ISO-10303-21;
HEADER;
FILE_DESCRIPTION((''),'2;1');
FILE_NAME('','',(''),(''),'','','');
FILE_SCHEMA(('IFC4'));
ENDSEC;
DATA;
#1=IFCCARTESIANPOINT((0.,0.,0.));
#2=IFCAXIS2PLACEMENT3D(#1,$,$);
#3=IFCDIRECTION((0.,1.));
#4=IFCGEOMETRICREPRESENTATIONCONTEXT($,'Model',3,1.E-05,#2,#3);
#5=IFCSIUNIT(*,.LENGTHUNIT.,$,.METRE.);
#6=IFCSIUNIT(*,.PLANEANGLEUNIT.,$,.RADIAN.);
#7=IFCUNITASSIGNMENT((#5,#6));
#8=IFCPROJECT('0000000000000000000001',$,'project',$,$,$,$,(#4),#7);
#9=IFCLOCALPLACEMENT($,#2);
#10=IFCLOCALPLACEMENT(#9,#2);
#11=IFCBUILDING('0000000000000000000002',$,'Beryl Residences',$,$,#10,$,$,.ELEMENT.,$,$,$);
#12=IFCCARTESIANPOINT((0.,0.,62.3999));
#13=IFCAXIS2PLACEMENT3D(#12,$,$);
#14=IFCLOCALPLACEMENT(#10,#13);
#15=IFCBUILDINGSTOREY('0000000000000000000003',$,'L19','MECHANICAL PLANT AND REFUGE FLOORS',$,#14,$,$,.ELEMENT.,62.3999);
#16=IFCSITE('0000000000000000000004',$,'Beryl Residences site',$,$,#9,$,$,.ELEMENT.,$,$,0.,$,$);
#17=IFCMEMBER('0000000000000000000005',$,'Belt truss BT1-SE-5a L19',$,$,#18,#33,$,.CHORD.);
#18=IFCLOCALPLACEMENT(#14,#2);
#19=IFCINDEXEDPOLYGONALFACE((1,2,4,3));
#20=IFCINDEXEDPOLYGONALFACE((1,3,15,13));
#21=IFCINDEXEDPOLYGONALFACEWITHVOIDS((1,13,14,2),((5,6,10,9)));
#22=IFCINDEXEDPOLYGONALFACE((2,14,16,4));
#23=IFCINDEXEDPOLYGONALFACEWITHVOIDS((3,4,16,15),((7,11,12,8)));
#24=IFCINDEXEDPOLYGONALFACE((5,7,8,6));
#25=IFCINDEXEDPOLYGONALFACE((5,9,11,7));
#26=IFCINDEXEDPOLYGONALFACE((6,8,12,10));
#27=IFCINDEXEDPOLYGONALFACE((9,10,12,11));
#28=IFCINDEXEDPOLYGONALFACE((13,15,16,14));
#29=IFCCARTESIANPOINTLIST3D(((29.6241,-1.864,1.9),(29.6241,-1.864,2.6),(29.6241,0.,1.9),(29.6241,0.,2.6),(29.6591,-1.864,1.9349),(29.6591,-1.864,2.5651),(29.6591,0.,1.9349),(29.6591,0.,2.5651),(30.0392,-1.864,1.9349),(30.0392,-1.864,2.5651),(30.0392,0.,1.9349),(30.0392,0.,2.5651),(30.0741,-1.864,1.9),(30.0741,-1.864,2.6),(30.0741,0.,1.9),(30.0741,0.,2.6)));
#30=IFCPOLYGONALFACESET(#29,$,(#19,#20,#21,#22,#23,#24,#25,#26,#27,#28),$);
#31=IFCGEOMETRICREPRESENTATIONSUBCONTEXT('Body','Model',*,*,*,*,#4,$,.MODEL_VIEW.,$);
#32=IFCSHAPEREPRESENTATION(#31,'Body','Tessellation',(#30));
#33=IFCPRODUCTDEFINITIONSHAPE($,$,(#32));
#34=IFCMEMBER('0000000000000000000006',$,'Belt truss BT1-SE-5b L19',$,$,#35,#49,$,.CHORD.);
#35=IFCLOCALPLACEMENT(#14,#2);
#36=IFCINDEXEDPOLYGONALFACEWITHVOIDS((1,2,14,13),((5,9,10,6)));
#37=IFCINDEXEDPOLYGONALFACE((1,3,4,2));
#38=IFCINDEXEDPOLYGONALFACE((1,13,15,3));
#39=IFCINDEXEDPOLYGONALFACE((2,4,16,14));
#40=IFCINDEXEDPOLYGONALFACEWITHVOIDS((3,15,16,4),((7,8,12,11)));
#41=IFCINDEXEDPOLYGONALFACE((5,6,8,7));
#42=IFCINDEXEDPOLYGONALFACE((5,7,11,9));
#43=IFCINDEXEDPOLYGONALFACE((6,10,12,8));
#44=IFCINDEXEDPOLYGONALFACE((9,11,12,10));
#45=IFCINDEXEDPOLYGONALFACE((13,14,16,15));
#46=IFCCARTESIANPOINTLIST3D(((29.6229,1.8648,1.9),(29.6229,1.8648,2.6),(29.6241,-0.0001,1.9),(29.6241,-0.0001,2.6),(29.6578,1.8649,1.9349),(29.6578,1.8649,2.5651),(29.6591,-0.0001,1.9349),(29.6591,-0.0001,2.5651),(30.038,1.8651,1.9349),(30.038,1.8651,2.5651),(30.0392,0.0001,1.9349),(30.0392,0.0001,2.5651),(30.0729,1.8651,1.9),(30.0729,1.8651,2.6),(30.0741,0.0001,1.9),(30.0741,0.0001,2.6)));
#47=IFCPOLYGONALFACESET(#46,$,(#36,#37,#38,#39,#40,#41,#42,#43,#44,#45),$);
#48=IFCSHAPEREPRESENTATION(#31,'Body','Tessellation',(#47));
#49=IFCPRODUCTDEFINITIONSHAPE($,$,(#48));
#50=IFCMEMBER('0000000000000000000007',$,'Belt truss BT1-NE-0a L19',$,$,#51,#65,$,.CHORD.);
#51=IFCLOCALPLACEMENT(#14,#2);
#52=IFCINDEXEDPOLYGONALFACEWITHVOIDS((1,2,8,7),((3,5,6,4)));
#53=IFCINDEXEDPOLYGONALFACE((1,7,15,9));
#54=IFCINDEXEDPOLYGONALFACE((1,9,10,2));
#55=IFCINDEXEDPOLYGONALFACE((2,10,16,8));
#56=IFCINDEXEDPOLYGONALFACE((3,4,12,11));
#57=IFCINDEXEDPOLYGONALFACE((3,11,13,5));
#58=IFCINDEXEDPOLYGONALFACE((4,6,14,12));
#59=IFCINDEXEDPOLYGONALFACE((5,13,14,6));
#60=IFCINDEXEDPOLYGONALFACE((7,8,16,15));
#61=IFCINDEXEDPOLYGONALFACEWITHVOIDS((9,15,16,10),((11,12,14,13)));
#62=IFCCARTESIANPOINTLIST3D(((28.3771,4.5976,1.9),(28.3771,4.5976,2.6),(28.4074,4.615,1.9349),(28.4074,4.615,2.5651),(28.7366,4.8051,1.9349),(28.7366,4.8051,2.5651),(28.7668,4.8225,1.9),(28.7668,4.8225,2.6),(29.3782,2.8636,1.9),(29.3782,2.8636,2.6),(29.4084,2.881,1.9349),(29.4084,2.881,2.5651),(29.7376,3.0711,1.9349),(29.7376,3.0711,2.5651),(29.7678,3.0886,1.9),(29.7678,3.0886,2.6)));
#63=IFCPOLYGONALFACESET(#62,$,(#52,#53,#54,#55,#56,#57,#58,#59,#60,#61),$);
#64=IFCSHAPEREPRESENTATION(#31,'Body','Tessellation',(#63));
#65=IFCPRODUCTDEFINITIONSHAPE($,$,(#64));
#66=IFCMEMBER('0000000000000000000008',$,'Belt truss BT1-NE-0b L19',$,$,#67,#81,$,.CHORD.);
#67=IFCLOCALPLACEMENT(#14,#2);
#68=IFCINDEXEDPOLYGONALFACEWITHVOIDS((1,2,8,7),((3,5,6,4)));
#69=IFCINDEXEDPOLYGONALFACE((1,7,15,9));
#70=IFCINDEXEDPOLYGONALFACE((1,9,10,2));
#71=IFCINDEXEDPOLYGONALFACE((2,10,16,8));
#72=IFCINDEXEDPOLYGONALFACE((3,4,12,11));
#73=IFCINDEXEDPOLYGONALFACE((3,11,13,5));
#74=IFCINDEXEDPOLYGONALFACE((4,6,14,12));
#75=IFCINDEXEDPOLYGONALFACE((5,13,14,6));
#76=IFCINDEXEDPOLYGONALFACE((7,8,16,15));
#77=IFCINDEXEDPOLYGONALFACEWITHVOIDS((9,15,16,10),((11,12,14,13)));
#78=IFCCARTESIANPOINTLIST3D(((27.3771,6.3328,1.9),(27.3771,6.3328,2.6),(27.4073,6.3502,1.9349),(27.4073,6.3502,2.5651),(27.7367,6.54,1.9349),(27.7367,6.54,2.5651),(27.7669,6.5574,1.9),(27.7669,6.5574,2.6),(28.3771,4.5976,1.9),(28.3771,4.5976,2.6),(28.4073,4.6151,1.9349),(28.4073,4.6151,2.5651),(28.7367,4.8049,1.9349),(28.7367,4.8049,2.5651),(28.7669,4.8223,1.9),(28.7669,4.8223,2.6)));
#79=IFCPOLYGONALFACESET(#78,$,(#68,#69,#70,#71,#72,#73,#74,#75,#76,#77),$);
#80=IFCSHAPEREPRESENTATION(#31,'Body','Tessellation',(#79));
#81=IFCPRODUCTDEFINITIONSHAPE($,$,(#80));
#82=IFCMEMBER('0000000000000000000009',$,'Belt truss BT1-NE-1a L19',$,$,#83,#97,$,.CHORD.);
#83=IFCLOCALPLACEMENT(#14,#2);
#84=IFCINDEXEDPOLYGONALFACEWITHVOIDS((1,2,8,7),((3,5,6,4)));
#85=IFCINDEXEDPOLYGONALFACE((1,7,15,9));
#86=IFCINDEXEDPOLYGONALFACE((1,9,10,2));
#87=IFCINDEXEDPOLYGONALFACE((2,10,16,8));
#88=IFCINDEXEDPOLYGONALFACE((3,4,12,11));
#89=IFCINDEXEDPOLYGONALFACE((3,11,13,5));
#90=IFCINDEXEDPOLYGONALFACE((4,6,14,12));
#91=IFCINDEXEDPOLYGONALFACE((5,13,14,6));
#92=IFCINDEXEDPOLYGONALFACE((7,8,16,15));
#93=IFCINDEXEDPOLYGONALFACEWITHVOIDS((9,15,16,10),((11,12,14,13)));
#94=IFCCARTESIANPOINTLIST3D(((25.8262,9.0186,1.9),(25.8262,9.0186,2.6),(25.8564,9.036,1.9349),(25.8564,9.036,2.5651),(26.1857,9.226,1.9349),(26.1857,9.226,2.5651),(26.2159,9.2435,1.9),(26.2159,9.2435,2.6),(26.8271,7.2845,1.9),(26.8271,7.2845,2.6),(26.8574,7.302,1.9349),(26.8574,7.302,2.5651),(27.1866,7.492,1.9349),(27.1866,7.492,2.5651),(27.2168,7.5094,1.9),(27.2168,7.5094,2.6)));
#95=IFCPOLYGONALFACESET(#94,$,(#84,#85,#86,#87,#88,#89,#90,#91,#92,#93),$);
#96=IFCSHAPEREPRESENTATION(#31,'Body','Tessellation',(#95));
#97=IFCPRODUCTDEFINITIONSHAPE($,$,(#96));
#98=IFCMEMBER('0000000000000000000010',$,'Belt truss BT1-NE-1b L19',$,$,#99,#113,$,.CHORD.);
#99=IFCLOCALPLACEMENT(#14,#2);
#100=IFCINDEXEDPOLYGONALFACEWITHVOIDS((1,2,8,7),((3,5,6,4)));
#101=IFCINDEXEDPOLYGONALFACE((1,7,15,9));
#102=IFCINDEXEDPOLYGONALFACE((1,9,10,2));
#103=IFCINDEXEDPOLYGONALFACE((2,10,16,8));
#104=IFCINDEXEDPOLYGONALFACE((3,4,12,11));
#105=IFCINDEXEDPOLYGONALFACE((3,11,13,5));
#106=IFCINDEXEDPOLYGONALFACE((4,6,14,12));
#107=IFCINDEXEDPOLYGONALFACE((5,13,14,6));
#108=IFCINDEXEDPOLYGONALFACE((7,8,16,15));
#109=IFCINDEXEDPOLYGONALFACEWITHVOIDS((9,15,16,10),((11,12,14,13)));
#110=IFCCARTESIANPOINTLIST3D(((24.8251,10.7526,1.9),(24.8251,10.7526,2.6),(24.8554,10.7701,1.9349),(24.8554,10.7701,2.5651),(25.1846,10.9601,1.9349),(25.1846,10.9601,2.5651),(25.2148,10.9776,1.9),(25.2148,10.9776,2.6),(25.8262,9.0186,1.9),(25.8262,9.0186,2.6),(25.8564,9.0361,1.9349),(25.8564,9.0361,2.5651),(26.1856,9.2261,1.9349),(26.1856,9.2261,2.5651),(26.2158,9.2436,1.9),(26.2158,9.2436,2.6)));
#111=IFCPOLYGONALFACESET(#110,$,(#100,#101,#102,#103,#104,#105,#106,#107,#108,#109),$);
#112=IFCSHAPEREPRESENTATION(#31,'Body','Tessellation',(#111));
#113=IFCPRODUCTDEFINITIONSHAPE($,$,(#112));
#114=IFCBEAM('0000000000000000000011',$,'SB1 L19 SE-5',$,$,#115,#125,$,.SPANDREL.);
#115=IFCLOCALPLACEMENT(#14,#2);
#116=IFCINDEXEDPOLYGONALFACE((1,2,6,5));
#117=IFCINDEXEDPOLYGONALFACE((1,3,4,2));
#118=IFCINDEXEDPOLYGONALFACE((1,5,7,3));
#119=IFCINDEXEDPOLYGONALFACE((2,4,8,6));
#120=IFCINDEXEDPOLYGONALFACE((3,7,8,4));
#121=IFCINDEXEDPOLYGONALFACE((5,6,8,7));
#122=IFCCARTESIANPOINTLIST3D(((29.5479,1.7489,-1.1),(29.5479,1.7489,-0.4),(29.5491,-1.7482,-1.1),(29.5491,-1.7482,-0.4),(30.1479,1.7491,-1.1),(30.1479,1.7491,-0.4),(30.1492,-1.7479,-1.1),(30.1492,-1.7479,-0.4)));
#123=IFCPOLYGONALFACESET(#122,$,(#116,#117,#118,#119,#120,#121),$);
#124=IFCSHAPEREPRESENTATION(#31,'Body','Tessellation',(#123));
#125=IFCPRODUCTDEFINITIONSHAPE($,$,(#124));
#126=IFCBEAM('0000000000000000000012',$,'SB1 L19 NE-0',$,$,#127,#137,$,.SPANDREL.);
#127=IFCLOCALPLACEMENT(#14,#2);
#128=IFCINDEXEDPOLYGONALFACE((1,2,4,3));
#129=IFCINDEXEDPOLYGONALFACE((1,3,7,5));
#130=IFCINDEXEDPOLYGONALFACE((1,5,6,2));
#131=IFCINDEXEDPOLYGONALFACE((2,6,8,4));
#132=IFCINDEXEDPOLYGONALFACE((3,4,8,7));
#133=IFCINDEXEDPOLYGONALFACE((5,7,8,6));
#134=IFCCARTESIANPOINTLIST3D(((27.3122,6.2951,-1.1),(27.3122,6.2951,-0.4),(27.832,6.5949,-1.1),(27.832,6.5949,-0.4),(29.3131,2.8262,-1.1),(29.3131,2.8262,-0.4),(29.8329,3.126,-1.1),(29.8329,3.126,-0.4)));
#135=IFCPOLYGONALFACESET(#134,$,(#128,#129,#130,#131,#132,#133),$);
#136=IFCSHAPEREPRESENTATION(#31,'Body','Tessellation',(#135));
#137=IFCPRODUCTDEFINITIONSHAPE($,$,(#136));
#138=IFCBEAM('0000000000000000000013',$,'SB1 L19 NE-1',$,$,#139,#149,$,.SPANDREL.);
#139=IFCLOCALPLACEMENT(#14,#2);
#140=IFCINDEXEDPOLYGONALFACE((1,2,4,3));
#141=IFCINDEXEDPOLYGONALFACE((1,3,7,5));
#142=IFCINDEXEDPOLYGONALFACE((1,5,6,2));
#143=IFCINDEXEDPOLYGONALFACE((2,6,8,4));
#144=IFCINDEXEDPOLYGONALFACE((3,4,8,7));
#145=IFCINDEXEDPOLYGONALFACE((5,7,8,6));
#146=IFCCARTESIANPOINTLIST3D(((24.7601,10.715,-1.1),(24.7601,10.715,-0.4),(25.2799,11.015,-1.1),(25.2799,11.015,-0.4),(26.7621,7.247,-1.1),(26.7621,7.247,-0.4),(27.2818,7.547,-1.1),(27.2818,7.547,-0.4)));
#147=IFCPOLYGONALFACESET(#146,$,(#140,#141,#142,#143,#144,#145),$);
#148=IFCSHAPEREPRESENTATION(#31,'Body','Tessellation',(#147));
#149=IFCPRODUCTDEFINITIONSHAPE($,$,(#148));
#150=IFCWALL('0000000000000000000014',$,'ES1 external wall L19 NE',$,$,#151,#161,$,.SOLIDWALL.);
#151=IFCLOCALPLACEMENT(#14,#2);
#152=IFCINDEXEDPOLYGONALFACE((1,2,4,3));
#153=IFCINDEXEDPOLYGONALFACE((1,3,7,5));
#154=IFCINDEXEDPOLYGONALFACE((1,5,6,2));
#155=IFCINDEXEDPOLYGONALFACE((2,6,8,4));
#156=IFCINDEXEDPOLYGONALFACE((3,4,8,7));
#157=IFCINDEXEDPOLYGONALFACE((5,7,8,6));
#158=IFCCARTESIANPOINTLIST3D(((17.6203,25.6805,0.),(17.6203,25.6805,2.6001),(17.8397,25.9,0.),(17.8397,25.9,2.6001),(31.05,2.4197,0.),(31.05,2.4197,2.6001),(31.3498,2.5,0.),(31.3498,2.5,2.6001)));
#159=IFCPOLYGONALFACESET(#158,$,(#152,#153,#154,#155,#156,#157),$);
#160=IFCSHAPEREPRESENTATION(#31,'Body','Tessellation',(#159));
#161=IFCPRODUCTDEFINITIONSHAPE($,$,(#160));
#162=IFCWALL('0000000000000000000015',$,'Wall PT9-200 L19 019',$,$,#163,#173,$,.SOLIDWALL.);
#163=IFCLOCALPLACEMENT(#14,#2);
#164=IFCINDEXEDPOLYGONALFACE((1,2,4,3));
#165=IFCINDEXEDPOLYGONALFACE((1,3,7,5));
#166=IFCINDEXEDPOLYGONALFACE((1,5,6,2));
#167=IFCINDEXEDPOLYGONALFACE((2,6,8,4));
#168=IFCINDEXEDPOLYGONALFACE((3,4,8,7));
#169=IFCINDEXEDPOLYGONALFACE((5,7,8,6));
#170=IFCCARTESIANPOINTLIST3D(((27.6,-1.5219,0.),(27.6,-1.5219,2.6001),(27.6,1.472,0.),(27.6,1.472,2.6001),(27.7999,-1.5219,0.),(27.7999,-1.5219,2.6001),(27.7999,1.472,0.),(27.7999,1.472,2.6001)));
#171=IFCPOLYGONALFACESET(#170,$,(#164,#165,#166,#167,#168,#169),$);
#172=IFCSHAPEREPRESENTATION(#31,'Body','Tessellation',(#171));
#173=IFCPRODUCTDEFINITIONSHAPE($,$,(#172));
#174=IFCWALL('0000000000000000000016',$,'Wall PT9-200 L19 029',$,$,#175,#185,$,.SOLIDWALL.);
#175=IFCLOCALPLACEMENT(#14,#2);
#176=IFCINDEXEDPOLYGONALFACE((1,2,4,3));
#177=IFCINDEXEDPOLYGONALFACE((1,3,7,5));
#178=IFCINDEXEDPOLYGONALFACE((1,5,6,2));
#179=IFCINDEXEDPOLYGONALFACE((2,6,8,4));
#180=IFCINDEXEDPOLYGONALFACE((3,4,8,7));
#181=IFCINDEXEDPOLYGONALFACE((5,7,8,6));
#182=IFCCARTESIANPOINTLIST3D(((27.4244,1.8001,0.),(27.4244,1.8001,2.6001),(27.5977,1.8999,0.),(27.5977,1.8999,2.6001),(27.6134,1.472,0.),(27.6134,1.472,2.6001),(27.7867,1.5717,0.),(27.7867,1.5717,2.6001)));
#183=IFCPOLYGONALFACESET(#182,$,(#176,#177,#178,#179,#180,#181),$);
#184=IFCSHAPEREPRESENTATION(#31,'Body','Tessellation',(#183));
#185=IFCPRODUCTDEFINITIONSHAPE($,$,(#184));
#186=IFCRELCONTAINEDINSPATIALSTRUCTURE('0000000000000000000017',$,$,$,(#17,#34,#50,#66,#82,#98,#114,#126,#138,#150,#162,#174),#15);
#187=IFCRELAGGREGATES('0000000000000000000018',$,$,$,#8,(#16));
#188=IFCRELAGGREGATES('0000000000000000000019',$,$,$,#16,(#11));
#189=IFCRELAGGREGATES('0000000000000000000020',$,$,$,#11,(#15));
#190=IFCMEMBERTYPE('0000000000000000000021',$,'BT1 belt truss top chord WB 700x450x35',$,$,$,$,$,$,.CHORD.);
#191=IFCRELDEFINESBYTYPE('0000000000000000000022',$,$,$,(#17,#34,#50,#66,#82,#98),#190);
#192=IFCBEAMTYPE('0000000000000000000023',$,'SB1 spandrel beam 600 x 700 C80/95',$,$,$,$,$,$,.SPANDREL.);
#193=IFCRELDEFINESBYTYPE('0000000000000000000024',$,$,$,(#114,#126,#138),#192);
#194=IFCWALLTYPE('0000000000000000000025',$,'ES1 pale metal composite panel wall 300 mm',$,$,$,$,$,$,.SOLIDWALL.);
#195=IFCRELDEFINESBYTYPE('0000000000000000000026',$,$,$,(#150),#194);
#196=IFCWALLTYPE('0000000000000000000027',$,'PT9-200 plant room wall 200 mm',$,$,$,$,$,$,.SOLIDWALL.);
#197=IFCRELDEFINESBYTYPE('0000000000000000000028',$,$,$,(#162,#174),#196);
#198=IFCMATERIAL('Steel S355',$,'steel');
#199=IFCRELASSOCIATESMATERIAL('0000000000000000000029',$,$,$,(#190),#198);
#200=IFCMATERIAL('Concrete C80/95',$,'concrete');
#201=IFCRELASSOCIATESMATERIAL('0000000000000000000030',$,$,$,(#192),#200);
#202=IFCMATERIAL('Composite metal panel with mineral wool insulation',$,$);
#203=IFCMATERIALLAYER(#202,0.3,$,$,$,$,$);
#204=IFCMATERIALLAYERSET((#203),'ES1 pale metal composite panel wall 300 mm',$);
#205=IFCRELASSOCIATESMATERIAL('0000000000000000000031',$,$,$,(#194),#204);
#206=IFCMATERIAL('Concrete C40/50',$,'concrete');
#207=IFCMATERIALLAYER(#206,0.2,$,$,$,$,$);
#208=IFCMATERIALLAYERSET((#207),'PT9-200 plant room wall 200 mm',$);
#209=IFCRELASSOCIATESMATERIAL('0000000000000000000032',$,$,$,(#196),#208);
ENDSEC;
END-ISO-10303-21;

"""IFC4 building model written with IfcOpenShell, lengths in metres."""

from ifc_helpers import new_model, si_unit, direction, frame, frame_2d, origin, origin_2d, place, context, subcontext, project, spatial, polyline, rectangle, hollow_rectangle, outline, extrude, material, layer, layer_set, material_profile, profile_set, type_object, element, save


model = new_model("IFC4")

# Units and contexts
model_context = context("Model", 3, precision=1e-05, world=origin(), true_north=direction((0.0, 1.0)))
body_context = subcontext(model_context, "Body", "Model", "MODEL_VIEW")
ifc_project = project(units=[si_unit("LENGTHUNIT", "METRE"), si_unit("PLANEANGLEUNIT", "RADIAN")], contexts=[model_context])

# Site, building, storey
site_placement = place(None, origin())
site = spatial("IfcSite", under=ifc_project, at=site_placement, Name="Beryl Residences site", CompositionType="ELEMENT", RefElevation=0.0)
building_placement = place(site_placement, origin())
building = spatial("IfcBuilding", under=site, at=building_placement, Name="Beryl Residences", CompositionType="ELEMENT")
storey_placement = place(building_placement, frame((0.0, 0.0, 62.3999)))
storey = spatial("IfcBuildingStorey", under=building, at=storey_placement, Name="L19", Description="MECHANICAL PLANT AND REFUGE FLOORS", CompositionType="ELEMENT", Elevation=62.3999)

# Members
ifc_material_1 = material(Name="Steel S355", Category="steel")
ifc_material_profile_1 = material_profile(ifc_material_1, hollow_rectangle(XDim=0.45, YDim=0.7, WallThickness=0.0349, at=origin_2d()))
ifc_profile_set_1 = profile_set([ifc_material_profile_1], Name="Steel S355")
member_type_1 = type_object("IfcMemberType", Name="BT1 belt truss top chord WB 700x450x35", PredefinedType="CHORD", material=ifc_profile_set_1)
member_1_placement = place(storey_placement, frame((29.8491, -1.864, 2.25), z_axis=(0.0, 1.0, 0.0), x_axis=(-1.0, 0.0, 0.0)))
element("IfcMember", 1, at=member_1_placement, inside=storey, type_object=member_type_1, Name="Belt truss BT1-SE-5a L19", PredefinedType="CHORD", context=body_context, shape_type="SweptSolid", body=[
    extrude(hollow_rectangle(XDim=0.45, YDim=0.7, WallThickness=0.0349, at=origin_2d()), origin(), (0.0, 0.0, 1.0), 1.864),
])
member_2_placement = place(storey_placement, frame((29.8491, 0.0, 2.25), z_axis=(-0.000655, 1.0, 0.0), x_axis=(-1.0, -0.000655, 0.0)))
element("IfcMember", 2, at=member_2_placement, inside=storey, type_object=member_type_1, Name="Belt truss BT1-SE-5b L19", PredefinedType="CHORD", context=body_context, shape_type="SweptSolid", body=[
    extrude(hollow_rectangle(XDim=0.45, YDim=0.7, WallThickness=0.0349, at=origin_2d()), origin(), (0.0, 0.0, 1.0), 1.865),
])
member_3_placement = place(storey_placement, frame((29.573, 2.9761, 2.25), z_axis=(-0.499969, 0.866043, 0.0), x_axis=(-0.866043, -0.499969, 0.0)))
element("IfcMember", 3, at=member_3_placement, inside=storey, type_object=member_type_1, Name="Belt truss BT1-NE-0a L19", PredefinedType="CHORD", context=body_context, shape_type="SweptSolid", body=[
    extrude(hollow_rectangle(XDim=0.45, YDim=0.7, WallThickness=0.0349, at=origin_2d()), origin(), (0.0, 0.0, 1.0), 2.0022),
])
member_4_placement = place(storey_placement, frame((28.572, 4.71, 2.25), z_axis=(-0.499339, 0.866407, 0.0), x_axis=(-0.866407, -0.499339, 0.0)))
element("IfcMember", 4, at=member_4_placement, inside=storey, type_object=member_type_1, Name="Belt truss BT1-NE-0b L19", PredefinedType="CHORD", context=body_context, shape_type="SweptSolid", body=[
    extrude(hollow_rectangle(XDim=0.45, YDim=0.7, WallThickness=0.0349, at=origin_2d()), origin(), (0.0, 0.0, 1.0), 2.0027),
])
for number, where, z_axis, x_axis, name in (
    (5, (27.022, 7.397, 2.25), (-0.499916, 0.866074, 0.0), (-0.866074, -0.499916, 0.0), "Belt truss BT1-NE-1a L19"),
    (6, (26.021, 9.1311, 2.25), (-0.499969, 0.866043, 0.0), (-0.866043, -0.499969, 0.0), "Belt truss BT1-NE-1b L19"),
):
    element("IfcMember", number, at=place(storey_placement, frame(where, z_axis=z_axis, x_axis=x_axis)), inside=storey, type_object=member_type_1, Name=name, PredefinedType="CHORD", context=body_context, shape_type="SweptSolid", body=[
        extrude(hollow_rectangle(XDim=0.45, YDim=0.7, WallThickness=0.0349, at=origin_2d()), origin(), (0.0, 0.0, 1.0), 2.0022),
    ])

# Beams
ifc_material_2 = material(Name="Concrete C80/95", Category="concrete")
ifc_material_profile_2 = material_profile(ifc_material_2, rectangle(XDim=0.6001, YDim=0.7, at=origin_2d()))
ifc_profile_set_2 = profile_set([ifc_material_profile_2], Name="Concrete C80/95")
beam_type = type_object("IfcBeamType", Name="SB1 spandrel beam 600 x 700 C80/95", PredefinedType="SPANDREL", material=ifc_profile_set_2)
beam_1_placement = place(storey_placement, frame((29.8491, -1.748, -0.75), z_axis=(-0.000349, 1.0, 0.0), x_axis=(-1.0, -0.000349, 0.0)))
element("IfcBeam", 7, at=beam_1_placement, inside=storey, type_object=beam_type, Name="SB1 L19 SE-5", PredefinedType="SPANDREL", context=body_context, shape_type="SweptSolid", body=[
    extrude(rectangle(XDim=0.6001, YDim=0.7, at=origin_2d()), origin(), (0.0, 0.0, 1.0), 3.4971),
])
beam_2_placement = place(storey_placement, frame((29.573, 2.9761, -0.75), z_axis=(-0.499654, 0.866225, 0.0), x_axis=(-0.866225, -0.499654, 0.0)))
element("IfcBeam", 8, at=beam_2_placement, inside=storey, type_object=beam_type, Name="SB1 L19 NE-0", PredefinedType="SPANDREL", context=body_context, shape_type="SweptSolid", body=[
    extrude(rectangle(XDim=0.6001, YDim=0.7, at=origin_2d()), origin(), (0.0, 0.0, 1.0), 4.0046),
])
beam_3_placement = place(storey_placement, frame((27.022, 7.397, -0.75), z_axis=(-0.499942, 0.866059, 0.0), x_axis=(-0.866059, -0.499942, 0.0)))
element("IfcBeam", 9, at=beam_3_placement, inside=storey, type_object=beam_type, Name="SB1 L19 NE-1", PredefinedType="SPANDREL", context=body_context, shape_type="SweptSolid", body=[
    extrude(rectangle(XDim=0.6001, YDim=0.7, at=origin_2d()), origin(), (0.0, 0.0, 1.0), 4.0044),
])

# Walls
ifc_material_3 = material(Name="Composite metal panel with mineral wool insulation")
ifc_layer_1 = layer(ifc_material_3, 0.3)
ifc_layer_set_1 = layer_set([ifc_layer_1], Name="ES1 pale metal composite panel wall 300 mm")
wall_type_1 = type_object("IfcWallType", Name="ES1 pale metal composite panel wall 300 mm", PredefinedType="SOLIDWALL", material=ifc_layer_set_1)
wall_1_placement = place(storey_placement, frame((31.22, 2.425, 0.0), z_axis=(0.0, 0.0, 1.0), x_axis=(-0.500002, 0.866024, 0.0)))
element("IfcWall", 10, at=wall_1_placement, inside=storey, type_object=wall_type_1, Name="ES1 external wall L19 NE", PredefinedType="SOLIDWALL", context=body_context, shape_type="SweptSolid", body=[
    extrude(outline(polyline([(0.0, -0.1499), (27.02, -0.1499), (26.9397, 0.1499), (0.0803, 0.1499), (0.0, -0.1499)])), origin(), (0.0, 0.0, 1.0), 2.6001),
])
ifc_material_4 = material(Name="Concrete C40/50", Category="concrete")
ifc_layer_2 = layer(ifc_material_4, 0.2)
ifc_layer_set_2 = layer_set([ifc_layer_2], Name="PT9-200 plant room wall 200 mm")
wall_type_2 = type_object("IfcWallType", Name="PT9-200 plant room wall 200 mm", PredefinedType="SOLIDWALL", material=ifc_layer_set_2)
wall_2_placement = place(storey_placement, frame((27.7, -1.522, 0.0), z_axis=(0.0, 0.0, 1.0), x_axis=(0.0, 1.0, 0.0)))
element("IfcWall", 11, at=wall_2_placement, inside=storey, type_object=wall_type_2, Name="Wall PT9-200 L19 019", PredefinedType="SOLIDWALL", context=body_context, shape_type="SweptSolid", body=[
    extrude(rectangle(XDim=2.9939, YDim=0.2, at=frame_2d((1.4971, 0.0))), origin(), (0.0, 0.0, 1.0), 2.6001),
])
wall_3_placement = place(storey_placement, frame((27.511, 1.8501, 0.0), z_axis=(0.0, 0.0, 1.0), x_axis=(0.499052, -0.866572, 0.0)))
element("IfcWall", 12, at=wall_3_placement, inside=storey, type_object=wall_type_2, Name="Wall PT9-200 L19 029", PredefinedType="SOLIDWALL", context=body_context, shape_type="SweptSolid", body=[
    extrude(rectangle(XDim=0.3787, YDim=0.2, at=frame_2d((0.1895, 0.0))), origin(), (0.0, 0.0, 1.0), 2.6001),
])

save(model, "model.ifc")
